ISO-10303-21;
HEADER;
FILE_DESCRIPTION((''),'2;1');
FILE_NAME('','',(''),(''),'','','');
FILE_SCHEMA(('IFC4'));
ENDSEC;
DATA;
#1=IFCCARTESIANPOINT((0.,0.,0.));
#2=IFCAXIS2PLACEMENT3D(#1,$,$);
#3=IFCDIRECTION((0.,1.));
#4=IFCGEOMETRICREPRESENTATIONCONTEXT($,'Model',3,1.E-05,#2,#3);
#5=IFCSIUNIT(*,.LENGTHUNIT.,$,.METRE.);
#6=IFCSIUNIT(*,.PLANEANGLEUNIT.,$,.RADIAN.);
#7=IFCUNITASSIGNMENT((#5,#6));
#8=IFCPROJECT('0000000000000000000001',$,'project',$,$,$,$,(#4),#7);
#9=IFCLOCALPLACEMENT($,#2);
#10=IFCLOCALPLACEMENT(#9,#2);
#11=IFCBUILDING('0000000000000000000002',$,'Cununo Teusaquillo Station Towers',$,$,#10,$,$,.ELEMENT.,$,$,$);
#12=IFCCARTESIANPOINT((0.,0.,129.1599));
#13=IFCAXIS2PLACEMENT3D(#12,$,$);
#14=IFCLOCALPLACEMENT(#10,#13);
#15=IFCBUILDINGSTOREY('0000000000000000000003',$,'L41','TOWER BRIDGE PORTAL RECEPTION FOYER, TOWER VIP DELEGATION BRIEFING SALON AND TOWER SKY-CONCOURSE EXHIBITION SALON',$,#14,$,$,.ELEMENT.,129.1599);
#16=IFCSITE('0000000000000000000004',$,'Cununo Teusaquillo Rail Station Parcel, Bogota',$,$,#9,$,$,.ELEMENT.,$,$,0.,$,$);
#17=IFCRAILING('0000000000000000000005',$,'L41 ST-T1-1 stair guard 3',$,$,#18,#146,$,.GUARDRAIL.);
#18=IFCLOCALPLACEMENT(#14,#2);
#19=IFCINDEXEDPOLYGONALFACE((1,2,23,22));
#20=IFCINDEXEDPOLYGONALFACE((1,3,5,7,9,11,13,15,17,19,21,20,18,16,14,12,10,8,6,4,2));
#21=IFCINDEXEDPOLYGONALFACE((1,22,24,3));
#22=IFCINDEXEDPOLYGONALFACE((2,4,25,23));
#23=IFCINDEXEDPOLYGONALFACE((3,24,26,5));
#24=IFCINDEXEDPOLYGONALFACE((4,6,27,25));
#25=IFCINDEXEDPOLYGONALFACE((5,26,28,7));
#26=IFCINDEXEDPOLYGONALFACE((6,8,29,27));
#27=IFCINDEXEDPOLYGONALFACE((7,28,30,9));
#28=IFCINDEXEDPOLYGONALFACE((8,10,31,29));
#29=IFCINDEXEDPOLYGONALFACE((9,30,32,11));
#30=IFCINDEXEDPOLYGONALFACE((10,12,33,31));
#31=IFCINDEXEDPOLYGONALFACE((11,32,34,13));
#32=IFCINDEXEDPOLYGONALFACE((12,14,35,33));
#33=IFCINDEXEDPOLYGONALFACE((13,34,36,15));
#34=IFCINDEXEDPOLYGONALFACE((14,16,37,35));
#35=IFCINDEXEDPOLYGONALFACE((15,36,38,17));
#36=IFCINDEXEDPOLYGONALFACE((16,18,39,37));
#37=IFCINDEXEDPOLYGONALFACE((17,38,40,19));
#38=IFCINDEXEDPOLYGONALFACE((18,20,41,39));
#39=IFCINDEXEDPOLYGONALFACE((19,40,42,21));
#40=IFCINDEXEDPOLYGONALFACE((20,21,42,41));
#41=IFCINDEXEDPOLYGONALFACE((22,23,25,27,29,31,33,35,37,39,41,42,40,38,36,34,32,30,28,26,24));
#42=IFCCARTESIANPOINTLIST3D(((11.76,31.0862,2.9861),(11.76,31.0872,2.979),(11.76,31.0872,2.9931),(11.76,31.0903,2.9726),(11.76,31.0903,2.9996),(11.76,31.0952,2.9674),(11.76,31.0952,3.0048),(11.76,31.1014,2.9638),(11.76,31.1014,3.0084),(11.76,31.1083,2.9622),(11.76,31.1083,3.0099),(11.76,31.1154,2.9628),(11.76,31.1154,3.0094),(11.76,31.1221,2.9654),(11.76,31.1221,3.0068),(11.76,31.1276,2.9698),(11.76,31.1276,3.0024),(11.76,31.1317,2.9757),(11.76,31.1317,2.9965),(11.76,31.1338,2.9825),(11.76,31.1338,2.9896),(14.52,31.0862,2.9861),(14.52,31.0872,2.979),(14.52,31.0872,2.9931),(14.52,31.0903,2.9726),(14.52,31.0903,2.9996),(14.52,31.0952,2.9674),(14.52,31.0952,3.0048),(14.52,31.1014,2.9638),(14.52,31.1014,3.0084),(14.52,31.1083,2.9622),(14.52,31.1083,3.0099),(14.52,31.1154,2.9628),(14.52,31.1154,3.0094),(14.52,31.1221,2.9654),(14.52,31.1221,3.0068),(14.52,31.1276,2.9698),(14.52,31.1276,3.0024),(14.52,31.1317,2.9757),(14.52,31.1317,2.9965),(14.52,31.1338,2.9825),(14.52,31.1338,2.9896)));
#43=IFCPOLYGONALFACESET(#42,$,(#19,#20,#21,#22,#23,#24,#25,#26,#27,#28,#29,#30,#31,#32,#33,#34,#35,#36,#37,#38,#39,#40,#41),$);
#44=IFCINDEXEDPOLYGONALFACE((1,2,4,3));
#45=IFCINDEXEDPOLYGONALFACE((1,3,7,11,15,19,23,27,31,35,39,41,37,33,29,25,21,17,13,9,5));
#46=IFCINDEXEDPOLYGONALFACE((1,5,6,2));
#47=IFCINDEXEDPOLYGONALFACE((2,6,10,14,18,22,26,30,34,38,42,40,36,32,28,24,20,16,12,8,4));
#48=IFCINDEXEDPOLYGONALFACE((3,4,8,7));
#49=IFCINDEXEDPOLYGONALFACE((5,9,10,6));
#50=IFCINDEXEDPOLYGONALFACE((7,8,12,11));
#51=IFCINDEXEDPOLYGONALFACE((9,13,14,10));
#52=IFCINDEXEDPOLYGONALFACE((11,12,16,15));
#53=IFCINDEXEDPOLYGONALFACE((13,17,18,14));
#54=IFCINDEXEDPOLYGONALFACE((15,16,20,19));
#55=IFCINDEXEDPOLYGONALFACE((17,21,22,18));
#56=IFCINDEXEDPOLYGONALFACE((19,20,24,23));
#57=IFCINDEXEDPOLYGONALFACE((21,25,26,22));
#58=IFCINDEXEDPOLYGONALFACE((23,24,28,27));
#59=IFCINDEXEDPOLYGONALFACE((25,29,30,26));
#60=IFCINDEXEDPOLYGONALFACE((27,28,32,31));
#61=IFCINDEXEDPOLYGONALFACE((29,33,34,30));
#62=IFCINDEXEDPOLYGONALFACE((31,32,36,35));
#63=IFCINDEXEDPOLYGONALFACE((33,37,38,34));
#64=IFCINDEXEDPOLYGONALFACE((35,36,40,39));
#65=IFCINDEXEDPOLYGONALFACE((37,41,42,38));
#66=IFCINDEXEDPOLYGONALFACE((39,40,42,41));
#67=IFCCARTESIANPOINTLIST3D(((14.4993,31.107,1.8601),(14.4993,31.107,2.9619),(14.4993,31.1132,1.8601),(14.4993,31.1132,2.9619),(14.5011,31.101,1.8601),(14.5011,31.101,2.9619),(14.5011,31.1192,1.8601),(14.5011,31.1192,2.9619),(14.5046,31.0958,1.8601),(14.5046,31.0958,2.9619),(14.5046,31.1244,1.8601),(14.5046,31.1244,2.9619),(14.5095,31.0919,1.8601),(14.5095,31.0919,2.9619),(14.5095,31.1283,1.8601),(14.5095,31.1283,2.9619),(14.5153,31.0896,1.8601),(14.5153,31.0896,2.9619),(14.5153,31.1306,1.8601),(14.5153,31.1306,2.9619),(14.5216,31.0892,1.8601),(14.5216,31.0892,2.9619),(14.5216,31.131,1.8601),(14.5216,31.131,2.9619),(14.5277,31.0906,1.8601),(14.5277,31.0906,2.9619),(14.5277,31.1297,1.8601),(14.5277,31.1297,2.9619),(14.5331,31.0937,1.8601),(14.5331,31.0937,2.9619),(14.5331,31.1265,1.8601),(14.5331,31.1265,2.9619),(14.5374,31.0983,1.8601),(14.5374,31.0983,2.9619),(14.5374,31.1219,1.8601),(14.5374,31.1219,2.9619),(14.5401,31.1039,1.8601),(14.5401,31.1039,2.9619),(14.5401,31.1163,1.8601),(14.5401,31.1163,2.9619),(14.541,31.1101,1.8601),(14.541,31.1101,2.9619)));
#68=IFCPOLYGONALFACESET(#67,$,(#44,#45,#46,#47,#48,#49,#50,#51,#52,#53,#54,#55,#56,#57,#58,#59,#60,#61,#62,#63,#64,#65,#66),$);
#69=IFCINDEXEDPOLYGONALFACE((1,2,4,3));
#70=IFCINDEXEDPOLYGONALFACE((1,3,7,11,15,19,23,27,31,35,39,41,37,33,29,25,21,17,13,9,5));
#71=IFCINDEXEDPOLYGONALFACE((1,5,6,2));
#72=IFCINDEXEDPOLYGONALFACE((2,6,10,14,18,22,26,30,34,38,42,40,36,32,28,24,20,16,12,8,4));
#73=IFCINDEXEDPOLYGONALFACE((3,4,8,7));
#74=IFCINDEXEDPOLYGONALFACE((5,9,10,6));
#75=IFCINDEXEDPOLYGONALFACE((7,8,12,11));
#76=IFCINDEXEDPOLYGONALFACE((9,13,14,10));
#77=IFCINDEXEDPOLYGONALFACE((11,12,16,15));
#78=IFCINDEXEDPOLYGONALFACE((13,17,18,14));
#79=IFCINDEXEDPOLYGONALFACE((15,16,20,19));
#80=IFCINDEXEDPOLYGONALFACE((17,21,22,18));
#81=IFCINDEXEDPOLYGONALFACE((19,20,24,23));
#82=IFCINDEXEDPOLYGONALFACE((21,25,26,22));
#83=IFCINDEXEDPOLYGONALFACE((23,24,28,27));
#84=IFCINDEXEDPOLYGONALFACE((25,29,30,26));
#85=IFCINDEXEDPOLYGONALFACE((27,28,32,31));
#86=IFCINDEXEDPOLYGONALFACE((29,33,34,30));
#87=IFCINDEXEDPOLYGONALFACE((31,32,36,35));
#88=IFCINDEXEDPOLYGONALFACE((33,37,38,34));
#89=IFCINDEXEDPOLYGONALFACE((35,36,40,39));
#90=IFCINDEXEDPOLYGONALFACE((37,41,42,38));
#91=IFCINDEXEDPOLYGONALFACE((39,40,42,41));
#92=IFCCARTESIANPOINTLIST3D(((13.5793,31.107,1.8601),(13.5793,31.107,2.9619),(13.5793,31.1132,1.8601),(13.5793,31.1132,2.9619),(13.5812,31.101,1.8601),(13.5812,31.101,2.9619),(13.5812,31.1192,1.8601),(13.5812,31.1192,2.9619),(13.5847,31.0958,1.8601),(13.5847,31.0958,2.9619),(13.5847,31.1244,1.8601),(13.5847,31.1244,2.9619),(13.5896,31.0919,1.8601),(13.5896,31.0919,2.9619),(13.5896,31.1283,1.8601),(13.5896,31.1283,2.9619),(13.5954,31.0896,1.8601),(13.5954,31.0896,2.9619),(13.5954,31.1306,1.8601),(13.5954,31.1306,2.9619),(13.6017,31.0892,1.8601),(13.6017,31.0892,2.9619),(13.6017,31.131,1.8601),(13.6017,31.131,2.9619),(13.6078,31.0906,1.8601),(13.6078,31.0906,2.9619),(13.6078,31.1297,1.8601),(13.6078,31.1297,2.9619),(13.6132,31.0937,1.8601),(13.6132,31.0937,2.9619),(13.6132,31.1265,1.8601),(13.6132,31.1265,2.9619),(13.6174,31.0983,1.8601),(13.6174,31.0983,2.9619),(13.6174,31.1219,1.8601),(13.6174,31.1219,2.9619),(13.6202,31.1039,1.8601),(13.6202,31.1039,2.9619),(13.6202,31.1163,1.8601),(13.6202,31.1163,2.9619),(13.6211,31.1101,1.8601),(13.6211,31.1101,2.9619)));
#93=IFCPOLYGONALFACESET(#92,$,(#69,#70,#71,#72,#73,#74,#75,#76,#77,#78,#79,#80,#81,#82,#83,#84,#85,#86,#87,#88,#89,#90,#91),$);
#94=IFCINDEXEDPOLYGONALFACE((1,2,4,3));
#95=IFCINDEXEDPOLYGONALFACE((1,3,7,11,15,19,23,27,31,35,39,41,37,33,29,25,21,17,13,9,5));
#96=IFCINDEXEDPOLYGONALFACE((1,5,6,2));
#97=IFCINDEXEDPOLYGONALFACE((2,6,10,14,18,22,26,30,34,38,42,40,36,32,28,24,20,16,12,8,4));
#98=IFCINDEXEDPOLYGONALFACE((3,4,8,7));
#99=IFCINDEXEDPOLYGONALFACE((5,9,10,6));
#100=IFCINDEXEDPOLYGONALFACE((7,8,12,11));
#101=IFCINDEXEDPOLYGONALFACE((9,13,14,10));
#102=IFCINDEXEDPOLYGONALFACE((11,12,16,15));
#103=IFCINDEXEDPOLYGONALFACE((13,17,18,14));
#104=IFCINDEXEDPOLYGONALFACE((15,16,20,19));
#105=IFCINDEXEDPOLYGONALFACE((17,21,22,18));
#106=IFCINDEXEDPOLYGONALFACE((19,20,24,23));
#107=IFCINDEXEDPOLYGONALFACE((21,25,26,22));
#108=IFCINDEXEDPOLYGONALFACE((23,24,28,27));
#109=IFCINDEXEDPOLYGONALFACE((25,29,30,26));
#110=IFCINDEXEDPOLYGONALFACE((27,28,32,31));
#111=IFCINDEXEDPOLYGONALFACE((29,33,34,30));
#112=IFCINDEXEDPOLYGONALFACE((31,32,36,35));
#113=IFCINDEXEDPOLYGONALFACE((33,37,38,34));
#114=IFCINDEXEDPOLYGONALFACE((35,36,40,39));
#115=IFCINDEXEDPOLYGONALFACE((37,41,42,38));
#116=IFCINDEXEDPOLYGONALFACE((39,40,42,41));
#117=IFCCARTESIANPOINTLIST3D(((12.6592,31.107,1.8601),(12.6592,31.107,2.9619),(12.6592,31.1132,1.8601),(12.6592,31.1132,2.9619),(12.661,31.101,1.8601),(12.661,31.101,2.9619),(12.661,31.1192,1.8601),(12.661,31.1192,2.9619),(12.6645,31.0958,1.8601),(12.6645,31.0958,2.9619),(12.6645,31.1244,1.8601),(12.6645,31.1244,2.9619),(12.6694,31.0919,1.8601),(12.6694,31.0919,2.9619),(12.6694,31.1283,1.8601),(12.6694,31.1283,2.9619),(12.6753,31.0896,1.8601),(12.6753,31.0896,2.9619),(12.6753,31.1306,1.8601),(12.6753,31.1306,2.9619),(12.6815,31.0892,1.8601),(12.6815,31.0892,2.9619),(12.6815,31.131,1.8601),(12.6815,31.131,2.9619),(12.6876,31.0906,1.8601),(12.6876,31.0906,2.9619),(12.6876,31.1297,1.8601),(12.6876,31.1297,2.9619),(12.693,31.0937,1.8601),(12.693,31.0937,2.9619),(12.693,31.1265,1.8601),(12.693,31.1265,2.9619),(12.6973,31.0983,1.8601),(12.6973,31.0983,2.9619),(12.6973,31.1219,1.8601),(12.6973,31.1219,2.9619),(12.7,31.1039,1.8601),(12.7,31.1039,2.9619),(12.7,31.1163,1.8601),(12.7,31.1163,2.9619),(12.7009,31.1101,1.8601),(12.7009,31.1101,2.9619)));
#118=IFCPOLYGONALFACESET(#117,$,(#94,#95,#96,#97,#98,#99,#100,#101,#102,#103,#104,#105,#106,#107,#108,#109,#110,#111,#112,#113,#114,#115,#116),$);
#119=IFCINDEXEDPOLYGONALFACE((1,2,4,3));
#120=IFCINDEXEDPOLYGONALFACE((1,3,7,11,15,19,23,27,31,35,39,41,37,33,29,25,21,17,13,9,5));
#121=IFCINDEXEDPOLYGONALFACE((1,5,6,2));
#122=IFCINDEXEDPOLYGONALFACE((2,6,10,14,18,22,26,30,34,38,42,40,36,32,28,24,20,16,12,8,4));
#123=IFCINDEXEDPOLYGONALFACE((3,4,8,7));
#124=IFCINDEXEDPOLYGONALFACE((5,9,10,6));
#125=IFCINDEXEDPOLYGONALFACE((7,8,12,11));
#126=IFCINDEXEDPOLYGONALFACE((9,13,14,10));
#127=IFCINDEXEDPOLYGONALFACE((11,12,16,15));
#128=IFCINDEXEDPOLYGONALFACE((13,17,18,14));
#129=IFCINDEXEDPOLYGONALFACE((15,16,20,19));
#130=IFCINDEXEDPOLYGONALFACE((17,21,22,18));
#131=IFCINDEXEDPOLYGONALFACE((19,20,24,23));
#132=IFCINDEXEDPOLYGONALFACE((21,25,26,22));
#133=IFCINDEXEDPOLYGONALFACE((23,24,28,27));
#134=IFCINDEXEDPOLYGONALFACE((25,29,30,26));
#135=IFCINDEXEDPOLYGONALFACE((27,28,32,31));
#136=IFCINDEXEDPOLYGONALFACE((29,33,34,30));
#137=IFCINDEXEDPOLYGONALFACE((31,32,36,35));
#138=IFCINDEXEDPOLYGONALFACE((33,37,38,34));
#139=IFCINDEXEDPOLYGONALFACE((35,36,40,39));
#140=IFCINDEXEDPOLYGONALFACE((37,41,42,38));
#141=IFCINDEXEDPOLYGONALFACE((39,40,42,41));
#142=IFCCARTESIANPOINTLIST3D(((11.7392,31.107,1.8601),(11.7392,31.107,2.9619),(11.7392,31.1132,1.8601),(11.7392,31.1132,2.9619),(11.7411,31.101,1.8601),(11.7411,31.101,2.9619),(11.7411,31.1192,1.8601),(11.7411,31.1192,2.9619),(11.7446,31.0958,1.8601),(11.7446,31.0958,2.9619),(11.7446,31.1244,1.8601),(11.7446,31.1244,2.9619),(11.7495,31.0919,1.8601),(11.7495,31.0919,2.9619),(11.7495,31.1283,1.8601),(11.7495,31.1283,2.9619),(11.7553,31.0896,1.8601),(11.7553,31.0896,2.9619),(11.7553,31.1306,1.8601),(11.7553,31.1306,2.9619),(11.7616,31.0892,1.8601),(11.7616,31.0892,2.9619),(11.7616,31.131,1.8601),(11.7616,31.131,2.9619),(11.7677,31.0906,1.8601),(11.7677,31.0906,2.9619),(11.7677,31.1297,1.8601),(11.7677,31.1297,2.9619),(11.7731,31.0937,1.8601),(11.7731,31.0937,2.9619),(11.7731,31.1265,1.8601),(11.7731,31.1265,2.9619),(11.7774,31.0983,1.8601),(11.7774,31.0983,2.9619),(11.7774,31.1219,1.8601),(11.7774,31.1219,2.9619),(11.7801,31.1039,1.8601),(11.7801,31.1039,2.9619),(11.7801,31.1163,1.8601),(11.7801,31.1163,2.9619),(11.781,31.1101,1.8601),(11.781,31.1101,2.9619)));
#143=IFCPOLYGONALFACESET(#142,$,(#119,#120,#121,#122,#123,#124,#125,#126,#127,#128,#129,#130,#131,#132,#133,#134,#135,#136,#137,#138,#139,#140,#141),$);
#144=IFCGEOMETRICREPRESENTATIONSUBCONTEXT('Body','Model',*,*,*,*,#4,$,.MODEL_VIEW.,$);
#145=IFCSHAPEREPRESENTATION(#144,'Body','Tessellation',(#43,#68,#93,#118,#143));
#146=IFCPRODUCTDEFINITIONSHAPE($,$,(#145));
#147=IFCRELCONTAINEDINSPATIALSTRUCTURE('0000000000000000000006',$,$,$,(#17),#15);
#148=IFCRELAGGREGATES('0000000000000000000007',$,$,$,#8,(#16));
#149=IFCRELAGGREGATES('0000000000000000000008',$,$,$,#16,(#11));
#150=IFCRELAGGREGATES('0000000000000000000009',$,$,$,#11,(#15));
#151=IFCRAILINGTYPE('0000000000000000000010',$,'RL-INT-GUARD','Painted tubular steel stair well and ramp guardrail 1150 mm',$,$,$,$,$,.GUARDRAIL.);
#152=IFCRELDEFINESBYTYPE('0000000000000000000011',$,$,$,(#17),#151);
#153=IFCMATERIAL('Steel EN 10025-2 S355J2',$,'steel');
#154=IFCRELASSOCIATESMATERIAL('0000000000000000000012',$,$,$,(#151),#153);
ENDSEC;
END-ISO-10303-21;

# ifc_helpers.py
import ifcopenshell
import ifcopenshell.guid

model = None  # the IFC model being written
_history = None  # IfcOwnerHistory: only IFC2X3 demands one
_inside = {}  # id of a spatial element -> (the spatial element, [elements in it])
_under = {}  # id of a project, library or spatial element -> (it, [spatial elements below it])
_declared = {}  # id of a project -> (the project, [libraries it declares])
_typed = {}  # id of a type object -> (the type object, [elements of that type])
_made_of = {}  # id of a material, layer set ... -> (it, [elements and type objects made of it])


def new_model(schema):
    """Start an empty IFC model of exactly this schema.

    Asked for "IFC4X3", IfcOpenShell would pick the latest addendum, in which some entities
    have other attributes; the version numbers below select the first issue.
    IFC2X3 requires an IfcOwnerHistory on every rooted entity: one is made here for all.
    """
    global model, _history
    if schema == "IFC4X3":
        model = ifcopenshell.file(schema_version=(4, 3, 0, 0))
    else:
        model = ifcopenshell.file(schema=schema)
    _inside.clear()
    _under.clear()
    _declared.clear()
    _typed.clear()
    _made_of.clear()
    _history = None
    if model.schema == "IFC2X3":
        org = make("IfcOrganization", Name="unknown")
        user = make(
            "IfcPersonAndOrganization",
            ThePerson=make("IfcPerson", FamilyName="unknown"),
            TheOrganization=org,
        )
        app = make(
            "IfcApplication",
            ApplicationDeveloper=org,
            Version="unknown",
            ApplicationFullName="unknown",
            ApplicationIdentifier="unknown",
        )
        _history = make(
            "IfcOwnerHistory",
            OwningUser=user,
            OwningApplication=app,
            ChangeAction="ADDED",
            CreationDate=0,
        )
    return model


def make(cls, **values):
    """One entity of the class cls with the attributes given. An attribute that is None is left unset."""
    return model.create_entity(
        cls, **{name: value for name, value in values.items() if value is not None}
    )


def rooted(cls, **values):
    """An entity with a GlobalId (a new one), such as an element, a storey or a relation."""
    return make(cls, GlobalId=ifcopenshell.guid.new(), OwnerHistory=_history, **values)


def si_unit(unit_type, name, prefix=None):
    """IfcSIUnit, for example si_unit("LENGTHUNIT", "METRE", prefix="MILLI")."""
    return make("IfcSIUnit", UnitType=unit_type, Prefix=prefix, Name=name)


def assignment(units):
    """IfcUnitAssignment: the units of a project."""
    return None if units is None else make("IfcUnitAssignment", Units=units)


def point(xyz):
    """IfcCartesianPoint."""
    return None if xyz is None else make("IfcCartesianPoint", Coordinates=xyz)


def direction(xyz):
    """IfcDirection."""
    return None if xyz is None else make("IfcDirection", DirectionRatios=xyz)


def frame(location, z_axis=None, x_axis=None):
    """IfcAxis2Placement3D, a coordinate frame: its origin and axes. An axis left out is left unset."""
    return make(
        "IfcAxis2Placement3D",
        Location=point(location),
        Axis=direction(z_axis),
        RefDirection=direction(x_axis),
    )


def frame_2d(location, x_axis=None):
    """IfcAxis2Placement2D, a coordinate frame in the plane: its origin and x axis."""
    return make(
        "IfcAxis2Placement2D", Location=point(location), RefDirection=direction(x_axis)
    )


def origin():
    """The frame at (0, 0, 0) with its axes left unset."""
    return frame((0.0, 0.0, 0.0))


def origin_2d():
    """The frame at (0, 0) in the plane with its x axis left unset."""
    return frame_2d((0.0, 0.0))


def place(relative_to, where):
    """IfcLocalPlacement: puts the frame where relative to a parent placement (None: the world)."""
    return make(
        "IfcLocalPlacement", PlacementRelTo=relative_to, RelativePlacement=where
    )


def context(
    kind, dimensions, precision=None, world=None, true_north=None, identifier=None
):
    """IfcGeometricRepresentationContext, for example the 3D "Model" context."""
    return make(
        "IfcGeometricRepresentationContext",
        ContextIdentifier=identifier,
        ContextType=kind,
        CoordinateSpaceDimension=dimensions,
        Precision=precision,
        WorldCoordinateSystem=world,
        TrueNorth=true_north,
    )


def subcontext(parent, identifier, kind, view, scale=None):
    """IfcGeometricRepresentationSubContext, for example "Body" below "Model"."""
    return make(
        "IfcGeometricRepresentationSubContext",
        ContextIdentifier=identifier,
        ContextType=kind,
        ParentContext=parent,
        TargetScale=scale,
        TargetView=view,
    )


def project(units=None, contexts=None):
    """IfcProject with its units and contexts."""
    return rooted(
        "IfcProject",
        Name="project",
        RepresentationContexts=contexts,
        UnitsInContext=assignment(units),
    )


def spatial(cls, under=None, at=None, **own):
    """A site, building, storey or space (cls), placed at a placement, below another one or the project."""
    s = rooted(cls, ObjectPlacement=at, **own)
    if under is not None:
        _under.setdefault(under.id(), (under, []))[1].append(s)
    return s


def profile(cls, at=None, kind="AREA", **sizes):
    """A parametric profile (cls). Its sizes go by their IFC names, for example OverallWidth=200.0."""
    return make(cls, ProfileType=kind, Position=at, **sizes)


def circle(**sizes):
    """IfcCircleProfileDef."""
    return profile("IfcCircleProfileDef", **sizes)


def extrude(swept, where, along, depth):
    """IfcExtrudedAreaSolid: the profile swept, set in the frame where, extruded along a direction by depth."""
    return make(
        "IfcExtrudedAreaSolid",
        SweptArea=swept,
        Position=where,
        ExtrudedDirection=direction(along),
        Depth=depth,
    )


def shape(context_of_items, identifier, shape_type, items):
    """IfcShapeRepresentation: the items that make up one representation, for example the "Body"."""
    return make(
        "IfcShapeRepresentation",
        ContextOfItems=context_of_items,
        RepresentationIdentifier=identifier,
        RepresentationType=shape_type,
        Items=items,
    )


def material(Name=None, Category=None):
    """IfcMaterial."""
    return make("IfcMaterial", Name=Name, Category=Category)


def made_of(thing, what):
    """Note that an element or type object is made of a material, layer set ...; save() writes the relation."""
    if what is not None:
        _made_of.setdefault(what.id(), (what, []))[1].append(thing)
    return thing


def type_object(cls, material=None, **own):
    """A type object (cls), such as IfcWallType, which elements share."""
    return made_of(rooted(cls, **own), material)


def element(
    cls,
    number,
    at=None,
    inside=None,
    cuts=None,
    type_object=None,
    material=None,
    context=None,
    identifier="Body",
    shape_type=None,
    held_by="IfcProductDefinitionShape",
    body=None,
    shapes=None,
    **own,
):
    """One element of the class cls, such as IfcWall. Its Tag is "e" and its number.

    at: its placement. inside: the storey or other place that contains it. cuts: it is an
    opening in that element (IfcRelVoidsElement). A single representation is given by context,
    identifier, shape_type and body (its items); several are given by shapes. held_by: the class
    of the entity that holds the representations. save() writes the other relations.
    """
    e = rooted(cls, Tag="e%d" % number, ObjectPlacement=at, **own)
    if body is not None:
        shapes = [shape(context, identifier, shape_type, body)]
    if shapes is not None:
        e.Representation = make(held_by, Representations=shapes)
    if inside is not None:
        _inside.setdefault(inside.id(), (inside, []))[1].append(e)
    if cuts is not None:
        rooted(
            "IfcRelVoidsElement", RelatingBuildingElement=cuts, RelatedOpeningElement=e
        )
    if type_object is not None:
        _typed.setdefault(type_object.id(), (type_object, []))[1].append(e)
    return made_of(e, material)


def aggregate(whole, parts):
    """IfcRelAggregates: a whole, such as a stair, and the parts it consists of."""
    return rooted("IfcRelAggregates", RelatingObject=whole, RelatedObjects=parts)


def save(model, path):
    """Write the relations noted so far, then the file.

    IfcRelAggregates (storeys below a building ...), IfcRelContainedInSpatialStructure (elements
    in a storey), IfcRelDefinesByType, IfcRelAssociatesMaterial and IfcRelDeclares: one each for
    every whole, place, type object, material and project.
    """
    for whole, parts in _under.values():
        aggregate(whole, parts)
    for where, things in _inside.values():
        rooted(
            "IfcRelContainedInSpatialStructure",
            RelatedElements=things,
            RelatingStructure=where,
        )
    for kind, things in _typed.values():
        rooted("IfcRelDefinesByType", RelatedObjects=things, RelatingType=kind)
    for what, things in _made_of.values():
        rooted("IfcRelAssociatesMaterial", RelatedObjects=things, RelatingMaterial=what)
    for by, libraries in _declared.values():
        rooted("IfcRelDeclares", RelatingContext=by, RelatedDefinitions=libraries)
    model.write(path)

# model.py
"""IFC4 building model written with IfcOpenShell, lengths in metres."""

from ifc_helpers import new_model, si_unit, direction, frame, origin, origin_2d, place, context, subcontext, project, spatial, circle, extrude, material, type_object, element, save


model = new_model("IFC4")

# Units and contexts
model_context = context("Model", 3, precision=1e-05, world=origin(), true_north=direction((0.0, 1.0)))
body_context = subcontext(model_context, "Body", "Model", "MODEL_VIEW")
ifc_project = project(units=[si_unit("LENGTHUNIT", "METRE"), si_unit("PLANEANGLEUNIT", "RADIAN")], contexts=[model_context])

# Site, building, storey
site_placement = place(None, origin())
site = spatial("IfcSite", under=ifc_project, at=site_placement, Name="Cununo Teusaquillo Rail Station Parcel, Bogota", CompositionType="ELEMENT", RefElevation=0.0)
building_placement = place(site_placement, origin())
building = spatial("IfcBuilding", under=site, at=building_placement, Name="Cununo Teusaquillo Station Towers", CompositionType="ELEMENT")
storey_placement = place(building_placement, frame((0.0, 0.0, 129.1599)))
storey = spatial("IfcBuildingStorey", under=building, at=storey_placement, Name="L41", Description="TOWER BRIDGE PORTAL RECEPTION FOYER, TOWER VIP DELEGATION BRIEFING SALON AND TOWER SKY-CONCOURSE EXHIBITION SALON", CompositionType="ELEMENT", Elevation=129.1599)

# Railing
ifc_material_1 = material(Name="Steel EN 10025-2 S355J2", Category="steel")
railing_type = type_object("IfcRailingType", Name="RL-INT-GUARD", Description="Painted tubular steel stair well and ramp guardrail 1150 mm", PredefinedType="GUARDRAIL", material=ifc_material_1)
railing_1_placement = place(storey_placement, frame((14.52, 31.1101, 1.8601)))
element("IfcRailing", 1, at=railing_1_placement, inside=storey, type_object=railing_type, Name="L41 ST-T1-1 stair guard 3", PredefinedType="GUARDRAIL", context=body_context, shape_type="SweptSolid", body=[
    extrude(circle(Radius=0.0239, at=origin_2d()), frame((0.0, 0.0, 1.126), z_axis=(-1.0, 0.0, 0.0), x_axis=(0.0, -1.0, 0.0)), (0.0, 0.0, 1.0), 2.76),
    extrude(circle(Radius=0.021, at=origin_2d()), origin(), (0.0, 0.0, 1.0), 1.1018),
    extrude(circle(Radius=0.021, at=origin_2d()), frame((-0.9199, 0.0, 0.0)), (0.0, 0.0, 1.0), 1.1018),
    extrude(circle(Radius=0.021, at=origin_2d()), frame((-1.8401, 0.0, 0.0)), (0.0, 0.0, 1.0), 1.1018),
    extrude(circle(Radius=0.021, at=origin_2d()), frame((-2.76, 0.0, 0.0)), (0.0, 0.0, 1.0), 1.1018),
])

save(model, "model.ifc")
